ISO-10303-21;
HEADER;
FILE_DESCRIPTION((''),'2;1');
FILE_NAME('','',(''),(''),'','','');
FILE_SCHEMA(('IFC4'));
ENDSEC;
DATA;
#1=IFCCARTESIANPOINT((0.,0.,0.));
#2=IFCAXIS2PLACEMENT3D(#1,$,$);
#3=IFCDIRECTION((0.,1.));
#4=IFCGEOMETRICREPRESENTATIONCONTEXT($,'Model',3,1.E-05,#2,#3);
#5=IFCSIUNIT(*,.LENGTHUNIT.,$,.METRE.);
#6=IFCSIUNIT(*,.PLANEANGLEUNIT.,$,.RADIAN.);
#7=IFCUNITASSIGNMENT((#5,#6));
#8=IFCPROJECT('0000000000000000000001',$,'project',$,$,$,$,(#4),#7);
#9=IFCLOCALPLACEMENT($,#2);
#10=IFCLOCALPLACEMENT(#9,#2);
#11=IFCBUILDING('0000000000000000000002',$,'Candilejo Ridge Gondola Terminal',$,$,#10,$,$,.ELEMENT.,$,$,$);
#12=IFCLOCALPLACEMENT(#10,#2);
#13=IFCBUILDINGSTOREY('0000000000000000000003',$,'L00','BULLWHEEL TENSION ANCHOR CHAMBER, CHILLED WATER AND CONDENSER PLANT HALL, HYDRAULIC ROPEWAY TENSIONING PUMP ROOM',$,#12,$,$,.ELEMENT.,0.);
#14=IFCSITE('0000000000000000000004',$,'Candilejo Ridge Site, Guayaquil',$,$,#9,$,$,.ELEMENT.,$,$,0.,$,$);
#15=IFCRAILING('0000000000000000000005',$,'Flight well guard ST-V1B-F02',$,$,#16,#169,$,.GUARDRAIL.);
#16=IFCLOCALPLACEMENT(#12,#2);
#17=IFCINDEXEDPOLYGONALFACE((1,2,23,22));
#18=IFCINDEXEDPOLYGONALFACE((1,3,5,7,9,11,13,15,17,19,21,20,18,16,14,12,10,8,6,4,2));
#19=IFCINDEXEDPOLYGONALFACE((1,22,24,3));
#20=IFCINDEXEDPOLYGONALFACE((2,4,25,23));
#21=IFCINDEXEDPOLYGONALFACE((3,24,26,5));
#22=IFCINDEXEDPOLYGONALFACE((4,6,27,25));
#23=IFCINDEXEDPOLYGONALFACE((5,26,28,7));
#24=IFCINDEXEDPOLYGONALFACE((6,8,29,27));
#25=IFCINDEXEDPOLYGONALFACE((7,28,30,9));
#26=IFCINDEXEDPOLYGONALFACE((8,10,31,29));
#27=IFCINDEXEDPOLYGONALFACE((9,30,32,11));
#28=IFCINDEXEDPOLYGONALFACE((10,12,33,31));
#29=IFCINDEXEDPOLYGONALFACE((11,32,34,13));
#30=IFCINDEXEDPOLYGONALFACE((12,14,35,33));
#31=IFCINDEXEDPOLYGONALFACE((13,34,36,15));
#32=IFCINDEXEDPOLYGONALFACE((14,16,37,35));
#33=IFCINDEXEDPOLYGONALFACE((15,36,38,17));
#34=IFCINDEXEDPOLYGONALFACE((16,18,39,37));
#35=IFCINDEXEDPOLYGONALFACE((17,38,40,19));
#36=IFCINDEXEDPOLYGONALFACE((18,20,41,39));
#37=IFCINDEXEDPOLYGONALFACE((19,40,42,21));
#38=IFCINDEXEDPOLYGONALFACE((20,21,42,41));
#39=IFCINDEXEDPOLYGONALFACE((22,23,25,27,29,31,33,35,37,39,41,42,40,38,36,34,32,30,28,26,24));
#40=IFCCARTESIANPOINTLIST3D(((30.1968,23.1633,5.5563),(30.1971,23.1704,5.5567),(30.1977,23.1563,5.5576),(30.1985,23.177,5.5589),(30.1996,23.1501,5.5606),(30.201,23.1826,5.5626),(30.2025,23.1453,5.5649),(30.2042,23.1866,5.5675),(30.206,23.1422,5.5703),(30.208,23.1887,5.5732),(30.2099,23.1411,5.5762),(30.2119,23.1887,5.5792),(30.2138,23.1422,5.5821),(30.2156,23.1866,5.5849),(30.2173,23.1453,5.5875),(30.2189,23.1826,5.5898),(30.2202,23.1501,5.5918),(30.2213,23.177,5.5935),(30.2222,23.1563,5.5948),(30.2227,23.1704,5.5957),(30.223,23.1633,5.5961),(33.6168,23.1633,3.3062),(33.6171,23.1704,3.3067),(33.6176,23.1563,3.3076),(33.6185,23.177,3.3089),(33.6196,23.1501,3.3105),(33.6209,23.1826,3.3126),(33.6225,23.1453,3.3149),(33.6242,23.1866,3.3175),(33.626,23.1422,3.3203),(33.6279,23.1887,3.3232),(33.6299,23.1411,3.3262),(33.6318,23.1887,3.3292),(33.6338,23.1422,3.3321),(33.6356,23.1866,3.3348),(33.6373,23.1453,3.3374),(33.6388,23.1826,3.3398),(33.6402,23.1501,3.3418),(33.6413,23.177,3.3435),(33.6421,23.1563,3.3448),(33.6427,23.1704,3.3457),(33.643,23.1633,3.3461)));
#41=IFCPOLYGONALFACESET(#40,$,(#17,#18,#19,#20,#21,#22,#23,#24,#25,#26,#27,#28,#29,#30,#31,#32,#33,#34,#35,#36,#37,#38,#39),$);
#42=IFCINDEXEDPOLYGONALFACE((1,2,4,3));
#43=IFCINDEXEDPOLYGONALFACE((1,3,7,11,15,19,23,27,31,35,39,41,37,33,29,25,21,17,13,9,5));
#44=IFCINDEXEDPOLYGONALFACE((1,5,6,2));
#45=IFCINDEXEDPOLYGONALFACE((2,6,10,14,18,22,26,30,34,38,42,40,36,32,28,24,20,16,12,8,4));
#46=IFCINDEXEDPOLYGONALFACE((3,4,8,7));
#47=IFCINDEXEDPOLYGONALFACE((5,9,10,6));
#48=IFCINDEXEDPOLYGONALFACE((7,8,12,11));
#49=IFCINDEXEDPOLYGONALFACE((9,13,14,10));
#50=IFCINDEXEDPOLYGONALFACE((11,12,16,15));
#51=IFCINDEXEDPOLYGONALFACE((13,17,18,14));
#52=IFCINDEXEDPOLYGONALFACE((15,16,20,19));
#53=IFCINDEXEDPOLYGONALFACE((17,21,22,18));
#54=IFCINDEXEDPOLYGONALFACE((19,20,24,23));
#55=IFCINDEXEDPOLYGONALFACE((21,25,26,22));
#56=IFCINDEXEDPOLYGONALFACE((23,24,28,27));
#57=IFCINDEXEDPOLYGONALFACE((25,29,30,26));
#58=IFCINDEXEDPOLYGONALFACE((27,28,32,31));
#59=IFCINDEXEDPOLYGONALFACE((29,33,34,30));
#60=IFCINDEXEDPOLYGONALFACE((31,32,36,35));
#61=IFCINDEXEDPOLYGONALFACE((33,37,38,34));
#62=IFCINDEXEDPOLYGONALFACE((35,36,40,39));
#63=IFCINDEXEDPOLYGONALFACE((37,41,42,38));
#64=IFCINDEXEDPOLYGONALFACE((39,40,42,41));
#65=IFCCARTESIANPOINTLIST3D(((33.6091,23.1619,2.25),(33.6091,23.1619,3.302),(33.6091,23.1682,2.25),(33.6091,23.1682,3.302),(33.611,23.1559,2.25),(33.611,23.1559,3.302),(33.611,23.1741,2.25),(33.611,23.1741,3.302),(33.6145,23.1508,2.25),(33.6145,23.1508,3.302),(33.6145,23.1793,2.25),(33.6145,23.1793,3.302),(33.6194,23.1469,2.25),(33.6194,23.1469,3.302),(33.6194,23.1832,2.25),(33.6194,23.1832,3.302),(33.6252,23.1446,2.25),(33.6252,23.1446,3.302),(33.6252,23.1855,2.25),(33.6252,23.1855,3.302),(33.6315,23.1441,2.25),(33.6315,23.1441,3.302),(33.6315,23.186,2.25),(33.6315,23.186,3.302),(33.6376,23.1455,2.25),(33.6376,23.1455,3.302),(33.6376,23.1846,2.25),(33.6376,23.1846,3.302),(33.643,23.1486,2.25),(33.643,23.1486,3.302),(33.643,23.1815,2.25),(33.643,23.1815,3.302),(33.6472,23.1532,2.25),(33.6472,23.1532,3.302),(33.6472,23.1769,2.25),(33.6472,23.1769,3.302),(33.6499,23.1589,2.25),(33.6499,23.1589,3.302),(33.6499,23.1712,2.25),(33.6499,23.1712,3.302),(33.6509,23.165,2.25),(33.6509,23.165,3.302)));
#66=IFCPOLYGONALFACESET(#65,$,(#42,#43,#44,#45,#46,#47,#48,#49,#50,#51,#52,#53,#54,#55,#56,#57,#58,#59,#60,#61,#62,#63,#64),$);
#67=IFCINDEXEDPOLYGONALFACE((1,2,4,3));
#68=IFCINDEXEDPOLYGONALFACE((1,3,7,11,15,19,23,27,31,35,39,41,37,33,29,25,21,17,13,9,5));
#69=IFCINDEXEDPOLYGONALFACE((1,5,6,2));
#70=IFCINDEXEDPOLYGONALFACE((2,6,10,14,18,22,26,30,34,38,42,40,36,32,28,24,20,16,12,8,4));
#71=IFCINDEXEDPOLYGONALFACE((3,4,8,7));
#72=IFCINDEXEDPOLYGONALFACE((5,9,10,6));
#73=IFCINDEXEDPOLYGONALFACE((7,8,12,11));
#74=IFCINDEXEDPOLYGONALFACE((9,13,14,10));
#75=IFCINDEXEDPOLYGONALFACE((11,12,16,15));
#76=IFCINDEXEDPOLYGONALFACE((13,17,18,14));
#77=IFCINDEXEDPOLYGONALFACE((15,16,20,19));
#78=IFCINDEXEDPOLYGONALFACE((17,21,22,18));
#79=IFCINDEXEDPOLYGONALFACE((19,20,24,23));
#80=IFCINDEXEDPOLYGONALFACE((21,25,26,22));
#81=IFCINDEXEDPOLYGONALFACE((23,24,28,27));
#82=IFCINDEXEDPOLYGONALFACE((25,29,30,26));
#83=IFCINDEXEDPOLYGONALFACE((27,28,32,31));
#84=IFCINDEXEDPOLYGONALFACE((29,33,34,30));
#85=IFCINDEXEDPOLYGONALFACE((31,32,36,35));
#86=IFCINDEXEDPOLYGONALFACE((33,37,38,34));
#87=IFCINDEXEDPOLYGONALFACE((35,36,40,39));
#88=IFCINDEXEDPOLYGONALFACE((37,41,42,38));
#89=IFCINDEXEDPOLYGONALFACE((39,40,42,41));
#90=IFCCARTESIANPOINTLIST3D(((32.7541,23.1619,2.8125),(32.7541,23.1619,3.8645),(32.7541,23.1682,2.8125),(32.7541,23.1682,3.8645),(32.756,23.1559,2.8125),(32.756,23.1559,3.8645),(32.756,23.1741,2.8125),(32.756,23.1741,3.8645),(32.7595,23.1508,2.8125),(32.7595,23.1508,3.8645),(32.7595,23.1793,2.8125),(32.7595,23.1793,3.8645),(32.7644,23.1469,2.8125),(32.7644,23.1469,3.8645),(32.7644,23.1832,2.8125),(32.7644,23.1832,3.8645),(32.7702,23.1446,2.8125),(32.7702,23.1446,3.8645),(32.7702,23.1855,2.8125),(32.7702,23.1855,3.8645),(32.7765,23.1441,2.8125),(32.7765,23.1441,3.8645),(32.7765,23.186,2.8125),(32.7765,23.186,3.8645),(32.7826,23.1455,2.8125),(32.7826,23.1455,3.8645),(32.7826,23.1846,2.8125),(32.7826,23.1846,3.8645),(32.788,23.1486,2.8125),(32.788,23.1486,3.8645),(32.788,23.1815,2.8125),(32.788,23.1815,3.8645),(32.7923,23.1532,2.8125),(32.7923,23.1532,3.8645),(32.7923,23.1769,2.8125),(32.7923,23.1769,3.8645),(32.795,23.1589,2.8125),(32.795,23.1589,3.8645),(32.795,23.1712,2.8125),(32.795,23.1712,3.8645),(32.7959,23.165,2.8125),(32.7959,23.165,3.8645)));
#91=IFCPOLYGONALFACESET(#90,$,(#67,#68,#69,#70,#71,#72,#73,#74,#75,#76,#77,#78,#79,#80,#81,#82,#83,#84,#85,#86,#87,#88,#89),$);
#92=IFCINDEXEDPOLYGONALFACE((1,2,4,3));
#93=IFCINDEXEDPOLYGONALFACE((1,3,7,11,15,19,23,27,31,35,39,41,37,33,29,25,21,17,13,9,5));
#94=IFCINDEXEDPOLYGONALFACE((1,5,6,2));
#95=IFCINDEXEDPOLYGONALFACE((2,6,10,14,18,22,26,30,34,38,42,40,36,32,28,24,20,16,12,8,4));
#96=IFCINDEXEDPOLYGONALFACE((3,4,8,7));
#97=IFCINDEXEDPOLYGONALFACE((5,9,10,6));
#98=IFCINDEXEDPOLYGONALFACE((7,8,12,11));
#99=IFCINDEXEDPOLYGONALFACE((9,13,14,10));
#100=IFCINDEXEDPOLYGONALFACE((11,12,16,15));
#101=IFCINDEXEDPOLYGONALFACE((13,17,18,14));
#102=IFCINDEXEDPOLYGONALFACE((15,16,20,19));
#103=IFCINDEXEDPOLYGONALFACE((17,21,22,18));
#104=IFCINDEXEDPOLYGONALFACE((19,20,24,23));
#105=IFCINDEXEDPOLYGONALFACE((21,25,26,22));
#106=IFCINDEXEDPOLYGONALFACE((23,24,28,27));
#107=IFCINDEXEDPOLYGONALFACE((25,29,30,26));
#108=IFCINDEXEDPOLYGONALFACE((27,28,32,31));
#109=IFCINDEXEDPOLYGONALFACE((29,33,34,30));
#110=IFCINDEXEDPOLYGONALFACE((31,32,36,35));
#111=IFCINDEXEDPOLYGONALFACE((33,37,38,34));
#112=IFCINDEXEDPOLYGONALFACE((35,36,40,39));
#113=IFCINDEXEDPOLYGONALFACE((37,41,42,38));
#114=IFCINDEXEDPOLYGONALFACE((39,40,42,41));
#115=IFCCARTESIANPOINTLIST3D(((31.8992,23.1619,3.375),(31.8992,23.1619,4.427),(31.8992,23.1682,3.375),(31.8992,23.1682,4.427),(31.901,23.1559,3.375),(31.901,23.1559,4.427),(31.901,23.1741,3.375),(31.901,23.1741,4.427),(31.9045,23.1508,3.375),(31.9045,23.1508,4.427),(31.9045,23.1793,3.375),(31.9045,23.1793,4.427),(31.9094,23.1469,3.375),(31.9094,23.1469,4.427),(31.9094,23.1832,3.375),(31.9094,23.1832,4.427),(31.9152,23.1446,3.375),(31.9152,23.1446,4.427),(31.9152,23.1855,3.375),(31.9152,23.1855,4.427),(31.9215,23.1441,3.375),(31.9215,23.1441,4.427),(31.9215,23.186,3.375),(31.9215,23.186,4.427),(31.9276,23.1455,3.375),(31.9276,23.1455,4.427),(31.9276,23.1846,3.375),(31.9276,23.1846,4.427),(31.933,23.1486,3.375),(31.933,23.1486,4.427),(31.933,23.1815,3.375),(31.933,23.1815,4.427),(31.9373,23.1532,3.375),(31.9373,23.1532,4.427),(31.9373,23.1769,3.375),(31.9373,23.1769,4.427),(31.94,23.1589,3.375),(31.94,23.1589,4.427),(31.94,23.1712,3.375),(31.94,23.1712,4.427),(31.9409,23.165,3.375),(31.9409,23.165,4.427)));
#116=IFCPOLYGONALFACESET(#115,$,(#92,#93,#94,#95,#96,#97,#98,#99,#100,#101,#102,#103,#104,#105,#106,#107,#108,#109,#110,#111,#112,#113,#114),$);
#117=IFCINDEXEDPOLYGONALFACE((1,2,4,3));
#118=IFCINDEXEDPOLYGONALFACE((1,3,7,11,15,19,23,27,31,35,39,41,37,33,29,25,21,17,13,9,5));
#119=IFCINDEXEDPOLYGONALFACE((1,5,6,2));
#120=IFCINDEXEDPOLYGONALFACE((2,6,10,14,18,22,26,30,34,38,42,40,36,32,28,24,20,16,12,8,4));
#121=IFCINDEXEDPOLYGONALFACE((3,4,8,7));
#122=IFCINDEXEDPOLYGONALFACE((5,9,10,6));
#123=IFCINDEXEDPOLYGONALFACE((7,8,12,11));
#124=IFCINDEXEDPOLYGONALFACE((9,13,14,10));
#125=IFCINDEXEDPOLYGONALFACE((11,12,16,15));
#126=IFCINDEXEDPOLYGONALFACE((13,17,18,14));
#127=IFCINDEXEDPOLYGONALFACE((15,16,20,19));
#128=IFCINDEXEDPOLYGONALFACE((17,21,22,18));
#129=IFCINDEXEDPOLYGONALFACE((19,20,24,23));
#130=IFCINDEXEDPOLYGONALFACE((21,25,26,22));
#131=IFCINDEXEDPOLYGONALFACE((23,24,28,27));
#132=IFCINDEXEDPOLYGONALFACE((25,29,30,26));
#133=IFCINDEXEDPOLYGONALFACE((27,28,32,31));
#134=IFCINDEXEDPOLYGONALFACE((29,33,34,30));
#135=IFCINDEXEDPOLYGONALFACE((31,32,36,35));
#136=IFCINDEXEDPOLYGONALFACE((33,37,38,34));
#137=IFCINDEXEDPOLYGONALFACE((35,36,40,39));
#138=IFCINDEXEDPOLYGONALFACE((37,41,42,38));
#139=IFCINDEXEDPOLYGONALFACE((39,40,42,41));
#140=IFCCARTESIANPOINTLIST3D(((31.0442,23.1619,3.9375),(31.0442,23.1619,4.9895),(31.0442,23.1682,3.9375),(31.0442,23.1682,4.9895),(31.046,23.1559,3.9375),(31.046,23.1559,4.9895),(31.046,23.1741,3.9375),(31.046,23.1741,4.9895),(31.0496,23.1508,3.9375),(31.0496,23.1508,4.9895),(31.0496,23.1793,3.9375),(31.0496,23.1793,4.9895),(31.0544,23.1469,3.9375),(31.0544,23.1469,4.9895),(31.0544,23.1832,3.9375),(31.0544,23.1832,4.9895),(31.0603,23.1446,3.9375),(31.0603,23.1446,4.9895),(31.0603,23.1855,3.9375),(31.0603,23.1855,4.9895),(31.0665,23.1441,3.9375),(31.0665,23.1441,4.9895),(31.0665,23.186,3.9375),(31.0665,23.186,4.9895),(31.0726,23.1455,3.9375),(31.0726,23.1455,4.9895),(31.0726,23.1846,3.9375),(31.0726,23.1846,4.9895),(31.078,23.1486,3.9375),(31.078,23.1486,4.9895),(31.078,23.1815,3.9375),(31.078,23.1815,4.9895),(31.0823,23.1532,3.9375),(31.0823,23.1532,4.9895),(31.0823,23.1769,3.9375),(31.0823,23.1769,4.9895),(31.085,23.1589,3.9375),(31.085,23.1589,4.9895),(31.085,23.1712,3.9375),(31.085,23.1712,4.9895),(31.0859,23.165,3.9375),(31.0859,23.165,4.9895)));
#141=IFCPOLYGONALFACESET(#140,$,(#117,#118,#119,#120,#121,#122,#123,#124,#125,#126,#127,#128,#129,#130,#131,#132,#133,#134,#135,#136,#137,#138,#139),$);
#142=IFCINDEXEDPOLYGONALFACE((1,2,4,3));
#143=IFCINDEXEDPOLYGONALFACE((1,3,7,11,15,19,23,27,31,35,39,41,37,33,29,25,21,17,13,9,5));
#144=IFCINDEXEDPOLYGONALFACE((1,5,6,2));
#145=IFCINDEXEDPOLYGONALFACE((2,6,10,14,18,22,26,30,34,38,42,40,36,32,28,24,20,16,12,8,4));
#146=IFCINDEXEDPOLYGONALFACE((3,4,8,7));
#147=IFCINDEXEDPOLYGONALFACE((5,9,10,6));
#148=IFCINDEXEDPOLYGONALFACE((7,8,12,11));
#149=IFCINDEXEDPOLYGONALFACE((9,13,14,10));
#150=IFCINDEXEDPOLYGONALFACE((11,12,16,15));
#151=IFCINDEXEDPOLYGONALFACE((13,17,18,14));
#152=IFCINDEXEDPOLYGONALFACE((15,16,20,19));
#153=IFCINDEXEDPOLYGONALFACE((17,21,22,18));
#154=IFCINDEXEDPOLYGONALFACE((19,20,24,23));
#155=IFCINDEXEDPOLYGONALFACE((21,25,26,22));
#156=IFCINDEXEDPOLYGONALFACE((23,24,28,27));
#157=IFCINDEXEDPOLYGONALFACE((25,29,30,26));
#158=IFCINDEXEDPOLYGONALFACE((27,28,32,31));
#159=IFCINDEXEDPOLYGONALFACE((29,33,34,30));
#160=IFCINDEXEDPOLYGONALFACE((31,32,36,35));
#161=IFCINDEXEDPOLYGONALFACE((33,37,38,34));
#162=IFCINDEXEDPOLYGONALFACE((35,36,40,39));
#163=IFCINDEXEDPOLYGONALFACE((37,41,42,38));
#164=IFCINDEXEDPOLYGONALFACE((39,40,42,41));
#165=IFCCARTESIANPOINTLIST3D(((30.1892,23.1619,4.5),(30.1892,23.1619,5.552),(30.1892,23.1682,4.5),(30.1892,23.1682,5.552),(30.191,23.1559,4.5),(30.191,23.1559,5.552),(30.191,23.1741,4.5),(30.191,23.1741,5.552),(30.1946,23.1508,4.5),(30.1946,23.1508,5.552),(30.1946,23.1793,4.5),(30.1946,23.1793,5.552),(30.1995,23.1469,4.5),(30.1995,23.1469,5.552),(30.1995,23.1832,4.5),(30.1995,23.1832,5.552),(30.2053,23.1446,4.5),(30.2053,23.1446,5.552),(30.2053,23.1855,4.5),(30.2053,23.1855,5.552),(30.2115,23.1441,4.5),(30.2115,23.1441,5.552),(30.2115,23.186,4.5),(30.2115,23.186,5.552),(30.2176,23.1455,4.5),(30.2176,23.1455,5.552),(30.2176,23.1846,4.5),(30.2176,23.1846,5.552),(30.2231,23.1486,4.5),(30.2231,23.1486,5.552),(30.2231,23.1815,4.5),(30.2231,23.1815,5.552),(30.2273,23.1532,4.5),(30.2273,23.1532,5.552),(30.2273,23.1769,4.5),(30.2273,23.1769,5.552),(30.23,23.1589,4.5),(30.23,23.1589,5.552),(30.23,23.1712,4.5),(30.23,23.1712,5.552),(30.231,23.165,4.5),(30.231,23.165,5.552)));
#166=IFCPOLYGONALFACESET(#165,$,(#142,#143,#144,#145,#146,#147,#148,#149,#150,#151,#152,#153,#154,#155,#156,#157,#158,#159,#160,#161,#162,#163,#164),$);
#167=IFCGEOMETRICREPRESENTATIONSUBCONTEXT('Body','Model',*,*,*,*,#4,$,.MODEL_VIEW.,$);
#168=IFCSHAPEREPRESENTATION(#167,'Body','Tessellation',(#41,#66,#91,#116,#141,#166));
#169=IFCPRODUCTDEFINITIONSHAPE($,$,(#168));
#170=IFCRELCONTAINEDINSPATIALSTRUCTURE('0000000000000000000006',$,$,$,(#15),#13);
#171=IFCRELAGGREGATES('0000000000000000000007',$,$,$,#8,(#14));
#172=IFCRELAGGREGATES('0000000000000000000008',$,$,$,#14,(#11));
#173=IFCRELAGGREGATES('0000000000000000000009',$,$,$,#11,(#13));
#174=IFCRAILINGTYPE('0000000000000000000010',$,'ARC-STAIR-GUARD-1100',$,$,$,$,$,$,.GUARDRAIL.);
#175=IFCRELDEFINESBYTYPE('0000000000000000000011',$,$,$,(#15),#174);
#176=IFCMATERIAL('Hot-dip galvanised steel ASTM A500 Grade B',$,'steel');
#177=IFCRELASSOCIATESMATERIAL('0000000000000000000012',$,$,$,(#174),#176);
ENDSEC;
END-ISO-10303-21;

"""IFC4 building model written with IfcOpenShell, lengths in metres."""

from ifc_helpers import new_model, si_unit, direction, frame, origin, origin_2d, place, context, subcontext, project, spatial, circle, extrude, material, type_object, element, save


model = new_model("IFC4")

# Units and contexts
model_context = context("Model", 3, precision=1e-05, world=origin(), true_north=direction((0.0, 1.0)))
body_context = subcontext(model_context, "Body", "Model", "MODEL_VIEW")
ifc_project = project(units=[si_unit("LENGTHUNIT", "METRE"), si_unit("PLANEANGLEUNIT", "RADIAN")], contexts=[model_context])

# Site, building, storey
site_placement = place(None, origin())
site = spatial("IfcSite", under=ifc_project, at=site_placement, Name="Candilejo Ridge Site, Guayaquil", CompositionType="ELEMENT", RefElevation=0.0)
building_placement = place(site_placement, origin())
building = spatial("IfcBuilding", under=site, at=building_placement, Name="Candilejo Ridge Gondola Terminal", CompositionType="ELEMENT")
storey_placement = place(building_placement, origin())
storey = spatial("IfcBuildingStorey", under=building, at=storey_placement, Name="L00", Description="BULLWHEEL TENSION ANCHOR CHAMBER, CHILLED WATER AND CONDENSER PLANT HALL, HYDRAULIC ROPEWAY TENSIONING PUMP ROOM", CompositionType="ELEMENT", Elevation=0.0)

# Railing
ifc_material_1 = material(Name="Hot-dip galvanised steel ASTM A500 Grade B", Category="steel")
railing_type_1 = type_object("IfcRailingType", Name="ARC-STAIR-GUARD-1100", PredefinedType="GUARDRAIL", material=ifc_material_1)
railing_1_placement = place(storey_placement, frame((33.6299, 23.165, 2.25)))
element("IfcRailing", 1, at=railing_1_placement, inside=storey, type_object=railing_type_1, Name="Flight well guard ST-V1B-F02", PredefinedType="GUARDRAIL", context=body_context, shape_type="SweptSolid", body=[
    extrude(circle(Radius=0.0239, at=origin_2d()), frame((0.0, 0.0, 1.0762), z_axis=(-0.835411, 0.0, 0.549625), x_axis=(0.0, -1.0, 0.0)), (0.0, 0.0, 1.0), 4.0938),
    extrude(circle(Radius=0.021, at=origin_2d()), origin(), (0.0, 0.0, 1.0), 1.052),
    extrude(circle(Radius=0.021, at=origin_2d()), frame((-0.855, 0.0, 0.5625)), (0.0, 0.0, 1.0), 1.052),
    extrude(circle(Radius=0.021, at=origin_2d()), frame((-1.71, 0.0, 1.125)), (0.0, 0.0, 1.0), 1.052),
    extrude(circle(Radius=0.021, at=origin_2d()), frame((-2.5649, 0.0, 1.6875)), (0.0, 0.0, 1.0), 1.052),
    extrude(circle(Radius=0.021, at=origin_2d()), frame((-3.4199, 0.0, 2.25)), (0.0, 0.0, 1.0), 1.052),
])

save(model, "model.ifc")
